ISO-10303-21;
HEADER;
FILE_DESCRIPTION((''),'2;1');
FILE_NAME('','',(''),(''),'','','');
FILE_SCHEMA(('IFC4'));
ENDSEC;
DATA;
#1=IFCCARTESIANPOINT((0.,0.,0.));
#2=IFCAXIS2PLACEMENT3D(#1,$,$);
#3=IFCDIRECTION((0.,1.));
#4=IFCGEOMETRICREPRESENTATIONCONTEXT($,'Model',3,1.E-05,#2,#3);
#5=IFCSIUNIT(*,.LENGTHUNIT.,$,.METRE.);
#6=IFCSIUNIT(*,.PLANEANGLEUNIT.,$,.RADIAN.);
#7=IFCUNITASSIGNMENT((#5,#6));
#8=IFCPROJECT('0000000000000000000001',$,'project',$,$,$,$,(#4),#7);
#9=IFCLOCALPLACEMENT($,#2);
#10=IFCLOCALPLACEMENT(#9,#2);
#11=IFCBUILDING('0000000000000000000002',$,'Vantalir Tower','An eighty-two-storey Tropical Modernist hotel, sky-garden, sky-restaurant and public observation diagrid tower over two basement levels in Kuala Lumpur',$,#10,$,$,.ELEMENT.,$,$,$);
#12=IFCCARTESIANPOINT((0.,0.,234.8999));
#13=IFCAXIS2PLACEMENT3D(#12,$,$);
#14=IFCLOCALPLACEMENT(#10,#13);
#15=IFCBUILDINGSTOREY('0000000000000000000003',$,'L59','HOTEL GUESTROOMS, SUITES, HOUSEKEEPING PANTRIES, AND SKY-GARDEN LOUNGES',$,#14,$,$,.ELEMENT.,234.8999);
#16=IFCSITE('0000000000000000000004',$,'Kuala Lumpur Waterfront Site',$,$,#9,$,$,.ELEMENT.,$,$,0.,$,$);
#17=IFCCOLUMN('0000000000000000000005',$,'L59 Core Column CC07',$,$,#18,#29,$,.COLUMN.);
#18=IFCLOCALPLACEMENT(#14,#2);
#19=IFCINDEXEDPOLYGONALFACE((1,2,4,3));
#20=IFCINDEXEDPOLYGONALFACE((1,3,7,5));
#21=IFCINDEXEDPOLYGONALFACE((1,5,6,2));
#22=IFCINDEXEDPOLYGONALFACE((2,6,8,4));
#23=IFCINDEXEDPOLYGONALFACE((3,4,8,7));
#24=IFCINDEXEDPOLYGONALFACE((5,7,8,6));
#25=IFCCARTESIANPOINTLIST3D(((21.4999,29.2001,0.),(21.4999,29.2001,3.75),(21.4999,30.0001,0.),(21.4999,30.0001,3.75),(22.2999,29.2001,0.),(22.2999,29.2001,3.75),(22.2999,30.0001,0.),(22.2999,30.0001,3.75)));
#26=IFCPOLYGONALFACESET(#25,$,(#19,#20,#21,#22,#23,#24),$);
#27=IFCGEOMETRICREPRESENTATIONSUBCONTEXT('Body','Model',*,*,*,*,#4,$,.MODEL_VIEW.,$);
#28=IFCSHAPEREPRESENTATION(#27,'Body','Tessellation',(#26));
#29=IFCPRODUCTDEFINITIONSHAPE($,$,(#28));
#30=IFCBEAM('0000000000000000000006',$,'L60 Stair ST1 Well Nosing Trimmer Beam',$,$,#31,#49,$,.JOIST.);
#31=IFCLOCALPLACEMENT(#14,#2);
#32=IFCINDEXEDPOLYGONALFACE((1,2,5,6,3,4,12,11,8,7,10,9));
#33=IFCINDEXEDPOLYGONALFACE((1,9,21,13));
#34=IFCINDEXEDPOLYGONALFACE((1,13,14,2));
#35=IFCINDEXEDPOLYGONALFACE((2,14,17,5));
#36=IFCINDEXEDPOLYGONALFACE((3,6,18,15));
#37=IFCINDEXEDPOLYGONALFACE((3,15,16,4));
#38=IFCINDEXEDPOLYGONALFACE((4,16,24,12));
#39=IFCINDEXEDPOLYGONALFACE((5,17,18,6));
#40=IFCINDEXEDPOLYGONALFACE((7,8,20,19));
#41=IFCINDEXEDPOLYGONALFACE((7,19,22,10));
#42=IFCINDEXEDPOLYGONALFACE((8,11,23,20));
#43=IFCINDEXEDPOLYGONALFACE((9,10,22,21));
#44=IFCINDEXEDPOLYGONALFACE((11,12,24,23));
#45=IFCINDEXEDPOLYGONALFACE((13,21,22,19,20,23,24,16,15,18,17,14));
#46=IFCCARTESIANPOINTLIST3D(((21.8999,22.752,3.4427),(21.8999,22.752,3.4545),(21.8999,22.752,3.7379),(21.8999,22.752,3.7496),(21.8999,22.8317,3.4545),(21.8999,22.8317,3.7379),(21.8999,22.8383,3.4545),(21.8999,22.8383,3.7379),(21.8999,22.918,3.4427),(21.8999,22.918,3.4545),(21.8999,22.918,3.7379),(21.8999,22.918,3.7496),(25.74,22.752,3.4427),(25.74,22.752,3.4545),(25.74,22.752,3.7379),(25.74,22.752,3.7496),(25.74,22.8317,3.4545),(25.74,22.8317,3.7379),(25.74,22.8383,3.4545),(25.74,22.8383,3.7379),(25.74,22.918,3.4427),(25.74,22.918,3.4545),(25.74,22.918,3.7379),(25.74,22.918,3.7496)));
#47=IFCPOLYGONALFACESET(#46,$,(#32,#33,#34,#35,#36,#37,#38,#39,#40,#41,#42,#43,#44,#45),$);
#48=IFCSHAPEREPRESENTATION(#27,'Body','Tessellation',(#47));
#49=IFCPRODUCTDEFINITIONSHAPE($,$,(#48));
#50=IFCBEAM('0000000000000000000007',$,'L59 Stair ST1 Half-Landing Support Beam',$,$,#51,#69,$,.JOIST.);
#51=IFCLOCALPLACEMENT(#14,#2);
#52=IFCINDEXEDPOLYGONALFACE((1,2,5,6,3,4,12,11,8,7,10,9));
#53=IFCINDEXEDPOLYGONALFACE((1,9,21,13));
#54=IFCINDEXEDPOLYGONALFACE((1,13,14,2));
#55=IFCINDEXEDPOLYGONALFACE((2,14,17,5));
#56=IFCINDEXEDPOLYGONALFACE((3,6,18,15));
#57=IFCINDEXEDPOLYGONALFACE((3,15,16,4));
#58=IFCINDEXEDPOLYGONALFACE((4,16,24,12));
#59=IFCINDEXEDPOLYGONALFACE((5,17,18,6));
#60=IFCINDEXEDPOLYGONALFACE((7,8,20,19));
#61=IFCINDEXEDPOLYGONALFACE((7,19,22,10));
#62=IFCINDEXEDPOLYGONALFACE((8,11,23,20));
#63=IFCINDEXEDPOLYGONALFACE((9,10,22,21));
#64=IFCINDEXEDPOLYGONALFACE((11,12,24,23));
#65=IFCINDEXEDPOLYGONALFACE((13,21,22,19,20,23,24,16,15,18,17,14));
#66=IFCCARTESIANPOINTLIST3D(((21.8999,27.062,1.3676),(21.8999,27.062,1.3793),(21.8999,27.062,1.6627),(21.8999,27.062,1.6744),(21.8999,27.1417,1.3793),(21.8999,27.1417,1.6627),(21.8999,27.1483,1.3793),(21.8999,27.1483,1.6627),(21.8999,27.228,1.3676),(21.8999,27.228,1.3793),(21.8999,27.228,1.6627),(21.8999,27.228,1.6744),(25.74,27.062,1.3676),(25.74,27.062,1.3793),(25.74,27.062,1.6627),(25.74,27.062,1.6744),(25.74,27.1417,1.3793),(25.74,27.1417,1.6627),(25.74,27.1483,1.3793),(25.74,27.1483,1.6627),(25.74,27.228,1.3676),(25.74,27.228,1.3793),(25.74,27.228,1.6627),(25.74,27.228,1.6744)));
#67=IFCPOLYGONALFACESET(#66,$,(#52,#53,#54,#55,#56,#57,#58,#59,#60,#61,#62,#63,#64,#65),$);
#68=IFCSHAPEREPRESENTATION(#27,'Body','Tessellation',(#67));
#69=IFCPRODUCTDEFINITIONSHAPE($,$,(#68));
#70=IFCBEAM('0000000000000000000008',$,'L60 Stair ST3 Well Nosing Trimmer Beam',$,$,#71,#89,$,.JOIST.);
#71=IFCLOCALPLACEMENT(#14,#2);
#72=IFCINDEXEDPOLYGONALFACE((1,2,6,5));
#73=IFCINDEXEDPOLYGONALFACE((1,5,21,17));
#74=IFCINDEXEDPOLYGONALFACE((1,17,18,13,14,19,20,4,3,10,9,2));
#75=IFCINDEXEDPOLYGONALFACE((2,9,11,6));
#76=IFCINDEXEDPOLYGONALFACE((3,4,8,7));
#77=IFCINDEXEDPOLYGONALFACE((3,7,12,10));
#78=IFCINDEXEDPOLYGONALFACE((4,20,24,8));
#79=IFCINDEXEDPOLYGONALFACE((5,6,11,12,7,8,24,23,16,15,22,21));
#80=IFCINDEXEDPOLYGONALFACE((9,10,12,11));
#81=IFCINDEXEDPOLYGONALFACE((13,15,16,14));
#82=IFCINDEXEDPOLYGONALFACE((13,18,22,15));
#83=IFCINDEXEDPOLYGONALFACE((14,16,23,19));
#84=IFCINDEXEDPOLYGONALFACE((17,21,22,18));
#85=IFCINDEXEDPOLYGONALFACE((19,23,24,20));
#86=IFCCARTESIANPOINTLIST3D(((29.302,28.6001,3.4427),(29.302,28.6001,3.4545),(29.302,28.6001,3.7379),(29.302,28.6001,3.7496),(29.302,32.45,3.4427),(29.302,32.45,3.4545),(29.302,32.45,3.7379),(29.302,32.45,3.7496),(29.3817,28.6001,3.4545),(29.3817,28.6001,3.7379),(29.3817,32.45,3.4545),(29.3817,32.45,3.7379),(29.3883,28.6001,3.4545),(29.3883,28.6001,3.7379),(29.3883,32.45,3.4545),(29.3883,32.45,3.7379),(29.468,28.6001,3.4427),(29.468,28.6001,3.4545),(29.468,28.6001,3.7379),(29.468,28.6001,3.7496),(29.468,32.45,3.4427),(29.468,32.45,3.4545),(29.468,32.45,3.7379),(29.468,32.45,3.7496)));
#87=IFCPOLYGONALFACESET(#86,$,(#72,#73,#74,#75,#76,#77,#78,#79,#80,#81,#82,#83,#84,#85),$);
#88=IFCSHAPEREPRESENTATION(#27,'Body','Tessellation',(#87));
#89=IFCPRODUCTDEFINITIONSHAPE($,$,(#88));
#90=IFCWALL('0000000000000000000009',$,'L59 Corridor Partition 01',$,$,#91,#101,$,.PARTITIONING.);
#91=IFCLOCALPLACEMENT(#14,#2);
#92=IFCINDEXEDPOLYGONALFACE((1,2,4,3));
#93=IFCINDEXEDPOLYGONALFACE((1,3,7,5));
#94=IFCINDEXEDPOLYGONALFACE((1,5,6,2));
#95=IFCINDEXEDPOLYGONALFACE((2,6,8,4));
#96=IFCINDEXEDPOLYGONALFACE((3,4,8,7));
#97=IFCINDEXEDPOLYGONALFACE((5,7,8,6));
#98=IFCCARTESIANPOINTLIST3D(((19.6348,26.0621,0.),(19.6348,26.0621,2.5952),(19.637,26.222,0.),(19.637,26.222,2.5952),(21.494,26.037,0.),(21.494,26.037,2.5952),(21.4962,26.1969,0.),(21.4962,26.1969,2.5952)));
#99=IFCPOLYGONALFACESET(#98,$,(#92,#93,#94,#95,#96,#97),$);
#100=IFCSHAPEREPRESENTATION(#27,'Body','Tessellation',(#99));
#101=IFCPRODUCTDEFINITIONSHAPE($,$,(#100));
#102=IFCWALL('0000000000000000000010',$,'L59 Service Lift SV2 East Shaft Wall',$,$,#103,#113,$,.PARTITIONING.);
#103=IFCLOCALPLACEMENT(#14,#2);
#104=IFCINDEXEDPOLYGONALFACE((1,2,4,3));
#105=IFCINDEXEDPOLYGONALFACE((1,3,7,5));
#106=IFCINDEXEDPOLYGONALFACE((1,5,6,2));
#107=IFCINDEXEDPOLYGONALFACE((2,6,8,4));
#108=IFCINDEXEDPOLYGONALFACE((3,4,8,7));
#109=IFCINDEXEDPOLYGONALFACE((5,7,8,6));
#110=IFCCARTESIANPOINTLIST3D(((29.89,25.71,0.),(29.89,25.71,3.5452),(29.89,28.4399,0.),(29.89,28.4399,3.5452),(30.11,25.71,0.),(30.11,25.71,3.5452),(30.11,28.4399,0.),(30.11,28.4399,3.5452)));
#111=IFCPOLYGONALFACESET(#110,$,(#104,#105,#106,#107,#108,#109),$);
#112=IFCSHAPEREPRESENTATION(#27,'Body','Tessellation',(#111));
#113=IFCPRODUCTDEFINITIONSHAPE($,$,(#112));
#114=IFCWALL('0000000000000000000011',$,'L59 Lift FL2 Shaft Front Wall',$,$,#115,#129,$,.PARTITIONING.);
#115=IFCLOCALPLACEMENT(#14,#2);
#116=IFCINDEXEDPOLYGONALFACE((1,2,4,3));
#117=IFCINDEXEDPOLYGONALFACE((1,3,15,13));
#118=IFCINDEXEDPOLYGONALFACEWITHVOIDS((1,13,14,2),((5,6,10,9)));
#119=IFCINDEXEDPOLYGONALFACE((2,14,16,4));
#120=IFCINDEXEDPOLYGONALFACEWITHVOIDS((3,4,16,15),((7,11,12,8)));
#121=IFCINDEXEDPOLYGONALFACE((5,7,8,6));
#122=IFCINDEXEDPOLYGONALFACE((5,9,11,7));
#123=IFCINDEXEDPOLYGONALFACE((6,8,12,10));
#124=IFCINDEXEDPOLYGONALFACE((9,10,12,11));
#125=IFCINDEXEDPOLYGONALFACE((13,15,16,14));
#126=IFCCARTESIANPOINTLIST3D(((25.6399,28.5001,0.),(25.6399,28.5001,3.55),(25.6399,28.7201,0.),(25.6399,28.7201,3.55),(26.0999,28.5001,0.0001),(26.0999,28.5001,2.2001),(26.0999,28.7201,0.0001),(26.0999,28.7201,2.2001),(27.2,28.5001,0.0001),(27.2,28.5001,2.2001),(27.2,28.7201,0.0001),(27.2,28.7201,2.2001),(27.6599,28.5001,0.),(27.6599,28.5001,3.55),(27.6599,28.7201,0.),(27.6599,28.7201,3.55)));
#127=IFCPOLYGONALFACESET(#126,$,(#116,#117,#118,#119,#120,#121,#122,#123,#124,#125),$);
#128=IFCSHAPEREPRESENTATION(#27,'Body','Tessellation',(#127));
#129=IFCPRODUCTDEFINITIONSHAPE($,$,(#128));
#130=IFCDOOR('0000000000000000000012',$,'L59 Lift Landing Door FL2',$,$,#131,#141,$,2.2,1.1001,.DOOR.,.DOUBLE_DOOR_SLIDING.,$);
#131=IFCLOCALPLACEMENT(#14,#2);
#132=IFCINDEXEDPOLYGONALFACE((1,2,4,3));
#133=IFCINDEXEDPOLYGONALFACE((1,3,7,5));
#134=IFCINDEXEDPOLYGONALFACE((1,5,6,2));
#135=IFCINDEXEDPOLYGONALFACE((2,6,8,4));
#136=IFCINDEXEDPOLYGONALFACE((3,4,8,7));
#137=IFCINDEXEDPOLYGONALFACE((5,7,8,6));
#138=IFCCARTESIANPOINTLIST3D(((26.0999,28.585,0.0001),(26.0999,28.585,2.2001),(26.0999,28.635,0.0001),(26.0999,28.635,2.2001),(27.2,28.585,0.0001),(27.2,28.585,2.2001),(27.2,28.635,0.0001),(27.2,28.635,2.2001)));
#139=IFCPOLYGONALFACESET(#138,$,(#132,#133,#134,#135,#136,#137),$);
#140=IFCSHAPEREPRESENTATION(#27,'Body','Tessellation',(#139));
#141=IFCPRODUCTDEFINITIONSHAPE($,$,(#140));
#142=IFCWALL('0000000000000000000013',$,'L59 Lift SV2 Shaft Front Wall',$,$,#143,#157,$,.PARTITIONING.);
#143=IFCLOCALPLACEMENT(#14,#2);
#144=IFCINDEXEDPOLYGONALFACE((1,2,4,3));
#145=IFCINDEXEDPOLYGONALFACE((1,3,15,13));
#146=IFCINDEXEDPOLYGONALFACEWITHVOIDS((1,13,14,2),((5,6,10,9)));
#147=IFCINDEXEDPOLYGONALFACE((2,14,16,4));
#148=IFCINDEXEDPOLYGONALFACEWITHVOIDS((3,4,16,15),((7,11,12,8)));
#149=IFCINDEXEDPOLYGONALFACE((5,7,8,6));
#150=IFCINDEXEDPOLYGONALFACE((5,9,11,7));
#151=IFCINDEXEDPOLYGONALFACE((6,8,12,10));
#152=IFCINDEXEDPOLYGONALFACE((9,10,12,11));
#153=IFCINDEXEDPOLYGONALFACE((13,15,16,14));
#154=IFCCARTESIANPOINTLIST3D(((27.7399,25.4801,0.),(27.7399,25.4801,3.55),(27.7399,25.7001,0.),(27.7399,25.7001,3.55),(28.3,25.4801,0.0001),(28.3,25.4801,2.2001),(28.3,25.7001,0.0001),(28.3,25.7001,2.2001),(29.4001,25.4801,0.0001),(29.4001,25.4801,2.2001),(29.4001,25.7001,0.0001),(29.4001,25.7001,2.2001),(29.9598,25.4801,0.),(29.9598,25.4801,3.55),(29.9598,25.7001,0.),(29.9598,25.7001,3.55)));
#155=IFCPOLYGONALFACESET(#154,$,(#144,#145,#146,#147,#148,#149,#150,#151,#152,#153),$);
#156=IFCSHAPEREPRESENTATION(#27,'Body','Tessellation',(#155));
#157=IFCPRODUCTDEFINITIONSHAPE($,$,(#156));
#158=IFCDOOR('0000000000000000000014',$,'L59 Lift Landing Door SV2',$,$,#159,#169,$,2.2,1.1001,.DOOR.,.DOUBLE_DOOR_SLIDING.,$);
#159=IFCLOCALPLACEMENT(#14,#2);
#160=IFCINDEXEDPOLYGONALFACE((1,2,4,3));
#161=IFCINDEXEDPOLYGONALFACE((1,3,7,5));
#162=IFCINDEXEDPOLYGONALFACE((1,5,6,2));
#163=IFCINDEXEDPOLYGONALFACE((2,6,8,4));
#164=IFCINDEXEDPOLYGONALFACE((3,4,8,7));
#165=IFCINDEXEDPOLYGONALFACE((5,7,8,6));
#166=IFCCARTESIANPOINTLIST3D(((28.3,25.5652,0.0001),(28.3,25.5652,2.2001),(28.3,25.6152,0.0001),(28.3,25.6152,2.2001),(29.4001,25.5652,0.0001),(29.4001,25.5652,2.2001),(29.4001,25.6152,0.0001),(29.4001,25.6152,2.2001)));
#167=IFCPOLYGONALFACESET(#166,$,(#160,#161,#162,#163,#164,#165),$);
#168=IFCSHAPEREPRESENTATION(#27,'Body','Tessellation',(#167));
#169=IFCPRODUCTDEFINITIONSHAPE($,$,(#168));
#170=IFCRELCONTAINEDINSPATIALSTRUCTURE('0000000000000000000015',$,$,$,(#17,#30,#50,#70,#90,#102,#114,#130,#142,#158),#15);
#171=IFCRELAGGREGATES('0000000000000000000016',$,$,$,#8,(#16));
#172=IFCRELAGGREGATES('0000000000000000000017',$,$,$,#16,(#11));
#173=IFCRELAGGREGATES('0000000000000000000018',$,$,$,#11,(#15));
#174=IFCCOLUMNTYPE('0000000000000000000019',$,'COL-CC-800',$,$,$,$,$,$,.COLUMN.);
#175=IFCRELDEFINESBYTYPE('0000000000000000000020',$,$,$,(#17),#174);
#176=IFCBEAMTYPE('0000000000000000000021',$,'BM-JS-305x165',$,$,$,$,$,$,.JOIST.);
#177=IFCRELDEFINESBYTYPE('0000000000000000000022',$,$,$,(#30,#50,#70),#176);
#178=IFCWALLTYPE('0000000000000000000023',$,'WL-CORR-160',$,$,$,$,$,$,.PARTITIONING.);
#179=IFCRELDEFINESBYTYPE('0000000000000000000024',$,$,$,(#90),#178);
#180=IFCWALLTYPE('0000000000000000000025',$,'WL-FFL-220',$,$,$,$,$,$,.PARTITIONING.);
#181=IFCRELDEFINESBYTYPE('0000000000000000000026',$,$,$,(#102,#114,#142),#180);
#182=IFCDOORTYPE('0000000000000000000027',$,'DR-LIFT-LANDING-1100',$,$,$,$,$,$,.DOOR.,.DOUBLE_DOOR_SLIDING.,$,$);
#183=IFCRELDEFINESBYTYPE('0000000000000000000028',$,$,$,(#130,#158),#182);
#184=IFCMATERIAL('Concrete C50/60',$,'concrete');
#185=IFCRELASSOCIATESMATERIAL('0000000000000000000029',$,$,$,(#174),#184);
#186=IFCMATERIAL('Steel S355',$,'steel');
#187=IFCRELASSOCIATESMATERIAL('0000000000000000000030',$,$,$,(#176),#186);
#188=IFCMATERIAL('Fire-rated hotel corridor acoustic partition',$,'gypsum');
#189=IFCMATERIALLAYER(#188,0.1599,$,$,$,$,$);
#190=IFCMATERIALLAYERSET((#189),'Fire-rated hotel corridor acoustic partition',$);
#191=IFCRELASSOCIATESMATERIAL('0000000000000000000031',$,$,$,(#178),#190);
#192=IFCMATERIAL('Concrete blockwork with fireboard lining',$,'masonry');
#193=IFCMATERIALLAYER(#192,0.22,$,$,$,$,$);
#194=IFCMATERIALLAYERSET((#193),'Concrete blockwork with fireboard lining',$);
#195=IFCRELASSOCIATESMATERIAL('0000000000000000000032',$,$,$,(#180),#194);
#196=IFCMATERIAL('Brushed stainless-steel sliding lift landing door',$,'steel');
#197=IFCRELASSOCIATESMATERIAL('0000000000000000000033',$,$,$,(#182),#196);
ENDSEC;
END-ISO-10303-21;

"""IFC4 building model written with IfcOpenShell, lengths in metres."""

from ifc_helpers import new_model, si_unit, direction, frame, frame_2d, origin, origin_2d, place, context, subcontext, project, spatial, rectangle, i_section, extrude, material, layer, layer_set, material_profile, profile_set, type_object, element, fill, save


model = new_model("IFC4")

# Units and contexts
model_context = context("Model", 3, precision=1e-05, world=origin(), true_north=direction((0.0, 1.0)))
body_context = subcontext(model_context, "Body", "Model", "MODEL_VIEW")
ifc_project = project(units=[si_unit("LENGTHUNIT", "METRE"), si_unit("PLANEANGLEUNIT", "RADIAN")], contexts=[model_context])

# Site, building, storey
site_placement = place(None, origin())
site = spatial("IfcSite", under=ifc_project, at=site_placement, Name="Kuala Lumpur Waterfront Site", CompositionType="ELEMENT", RefElevation=0.0)
building_placement = place(site_placement, origin())
building = spatial("IfcBuilding", under=site, at=building_placement, Name="Vantalir Tower", Description="An eighty-two-storey Tropical Modernist hotel, sky-garden, sky-restaurant and public observation diagrid tower over two basement levels in Kuala Lumpur", CompositionType="ELEMENT")
storey_placement = place(building_placement, frame((0.0, 0.0, 234.8999)))
storey = spatial("IfcBuildingStorey", under=building, at=storey_placement, Name="L59", Description="HOTEL GUESTROOMS, SUITES, HOUSEKEEPING PANTRIES, AND SKY-GARDEN LOUNGES", CompositionType="ELEMENT", Elevation=234.8999)

# Column
ifc_material_1 = material(Name="Concrete C50/60", Category="concrete")
ifc_material_profile_1 = material_profile(ifc_material_1, rectangle(XDim=0.8, YDim=0.8, at=origin_2d()), Name="Concrete C50/60")
ifc_profile_set_1 = profile_set([ifc_material_profile_1], Name="Concrete C50/60")
column_type = type_object("IfcColumnType", Name="COL-CC-800", PredefinedType="COLUMN", material=ifc_profile_set_1)
column_placement = place(storey_placement, frame((21.8999, 29.6001, 0.0), z_axis=(0.0, 0.0, 1.0), x_axis=(1.0, 0.0, 0.0)))
element("IfcColumn", 1, at=column_placement, inside=storey, type_object=column_type, Name="L59 Core Column CC07", PredefinedType="COLUMN", context=body_context, shape_type="SweptSolid", body=[
    extrude(rectangle(XDim=0.8, YDim=0.8, at=origin_2d()), origin(), (0.0, 0.0, 1.0), 3.75),
])

# Beams
ifc_material_2 = material(Name="Steel S355", Category="steel")
ifc_material_profile_2 = material_profile(ifc_material_2, i_section(OverallWidth=0.166, OverallDepth=0.3069, WebThickness=0.0066, FlangeThickness=0.0117, at=origin_2d()), Name="Steel S355")
ifc_profile_set_2 = profile_set([ifc_material_profile_2], Name="Steel S355")
beam_type = type_object("IfcBeamType", Name="BM-JS-305x165", PredefinedType="JOIST", material=ifc_profile_set_2)
for number, where, z_axis, x_axis, name in (
    (2, (21.8999, 22.835, 3.5962), (1.0, 0.0, 0.0), (0.0, 1.0, 0.0), "L60 Stair ST1 Well Nosing Trimmer Beam"),
    (3, (21.8999, 27.145, 1.521), (1.0, 0.0, 0.0), (0.0, 1.0, 0.0), "L59 Stair ST1 Half-Landing Support Beam"),
):
    element("IfcBeam", number, at=place(storey_placement, frame(where, z_axis=z_axis, x_axis=x_axis)), inside=storey, type_object=beam_type, Name=name, PredefinedType="JOIST", context=body_context, shape_type="SweptSolid", body=[
        extrude(i_section(OverallWidth=0.166, OverallDepth=0.3069, WebThickness=0.0066, FlangeThickness=0.0117, at=origin_2d()), origin(), (0.0, 0.0, 1.0), 3.8401),
    ])
beam_placement = place(storey_placement, frame((29.385, 28.6001, 3.5962), z_axis=(0.0, 1.0, 0.0), x_axis=(-1.0, 0.0, 0.0)))
element("IfcBeam", 4, at=beam_placement, inside=storey, type_object=beam_type, Name="L60 Stair ST3 Well Nosing Trimmer Beam", PredefinedType="JOIST", context=body_context, shape_type="SweptSolid", body=[
    extrude(i_section(OverallWidth=0.166, OverallDepth=0.3069, WebThickness=0.0066, FlangeThickness=0.0117, at=origin_2d()), origin(), (0.0, 0.0, 1.0), 3.8499),
])

# Walls
ifc_material_3 = material(Name="Fire-rated hotel corridor acoustic partition", Category="gypsum")
ifc_layer_1 = layer(ifc_material_3, 0.1599)
ifc_layer_set_1 = layer_set([ifc_layer_1], Name="Fire-rated hotel corridor acoustic partition")
wall_type_1 = type_object("IfcWallType", Name="WL-CORR-160", PredefinedType="PARTITIONING", material=ifc_layer_set_1)
wall_1_placement = place(storey_placement, frame((21.4951, 26.1169, 0.0), z_axis=(0.0, 0.0, 1.0), x_axis=(-0.999909, 0.013525, 0.0)))
element("IfcWall", 5, at=wall_1_placement, inside=storey, type_object=wall_type_1, Name="L59 Corridor Partition 01", PredefinedType="PARTITIONING", context=body_context, shape_type="SweptSolid", body=[
    extrude(rectangle(XDim=1.8594, YDim=0.1599, at=frame_2d((0.9297, 0.0))), origin(), (0.0, 0.0, 1.0), 2.5952),
])
ifc_material_4 = material(Name="Concrete blockwork with fireboard lining", Category="masonry")
ifc_layer_2 = layer(ifc_material_4, 0.22)
ifc_layer_set_2 = layer_set([ifc_layer_2], Name="Concrete blockwork with fireboard lining")
wall_type_2 = type_object("IfcWallType", Name="WL-FFL-220", PredefinedType="PARTITIONING", material=ifc_layer_set_2)
wall_2_placement = place(storey_placement, frame((30.0, 25.71, 0.0), z_axis=(0.0, 0.0, 1.0), x_axis=(0.0, 1.0, 0.0)))
element("IfcWall", 6, at=wall_2_placement, inside=storey, type_object=wall_type_2, Name="L59 Service Lift SV2 East Shaft Wall", PredefinedType="PARTITIONING", context=body_context, shape_type="SweptSolid", body=[
    extrude(rectangle(XDim=2.73, YDim=0.22, at=frame_2d((1.365, 0.0))), origin(), (0.0, 0.0, 1.0), 3.5452),
])

# Walls, openings, doors
wall_3_placement = place(storey_placement, frame((25.6399, 28.6101, 0.0), z_axis=(0.0, 0.0, 1.0), x_axis=(1.0, 0.0, 0.0)))
wall_3 = element("IfcWall", 7, at=wall_3_placement, inside=storey, type_object=wall_type_2, Name="L59 Lift FL2 Shaft Front Wall", PredefinedType="PARTITIONING", context=body_context, shape_type="SweptSolid", body=[
    extrude(rectangle(XDim=2.02, YDim=0.22, at=frame_2d((1.01, 0.0))), origin(), (0.0, 0.0, 1.0), 3.55),
])
opening_1_placement = place(wall_3_placement, frame((0.46, 0.0, 0.0)))
opening_1 = element("IfcOpeningElement", 8, at=opening_1_placement, cuts=wall_3, PredefinedType="OPENING", context=body_context, shape_type="SweptSolid", body=[
    extrude(rectangle(XDim=1.1001, YDim=2.2, at=frame_2d((0.55, 1.1001))), frame((0.0, 0.1199, 0.0), z_axis=(0.0, -1.0, 0.0), x_axis=(1.0, 0.0, 0.0)), (0.0, 0.0, 1.0), 0.24),
])
ifc_material_5 = material(Name="Brushed stainless-steel sliding lift landing door", Category="steel")
door_type_1 = type_object("IfcDoorType", Name="DR-LIFT-LANDING-1100", OperationType="DOUBLE_DOOR_SLIDING", PredefinedType="DOOR", material=ifc_material_5)
door_1_placement = place(opening_1_placement, origin())
door_1 = element("IfcDoor", 9, at=door_1_placement, inside=storey, type_object=door_type_1, Name="L59 Lift Landing Door FL2", OperationType="DOUBLE_DOOR_SLIDING", OverallHeight=2.2, OverallWidth=1.1001, PredefinedType="DOOR", context=body_context, shape_type="SweptSolid", body=[
    extrude(rectangle(XDim=1.1001, YDim=2.2, at=frame_2d((0.55, 1.1001))), frame((0.0, 0.0249, 0.0), z_axis=(0.0, -1.0, 0.0), x_axis=(1.0, 0.0, 0.0)), (0.0, 0.0, 1.0), 0.05),
])
fill(opening_1, door_1)
wall_4_placement = place(storey_placement, frame((27.74, 25.5901, 0.0), z_axis=(0.0, 0.0, 1.0), x_axis=(1.0, 0.0, 0.0)))
wall_4 = element("IfcWall", 10, at=wall_4_placement, inside=storey, type_object=wall_type_2, Name="L59 Lift SV2 Shaft Front Wall", PredefinedType="PARTITIONING", context=body_context, shape_type="SweptSolid", body=[
    extrude(rectangle(XDim=2.22, YDim=0.22, at=frame_2d((1.1099, 0.0))), origin(), (0.0, 0.0, 1.0), 3.55),
])
opening_2_placement = place(wall_4_placement, frame((0.5601, 0.0, 0.0)))
opening_2 = element("IfcOpeningElement", 11, at=opening_2_placement, cuts=wall_4, PredefinedType="OPENING", context=body_context, shape_type="SweptSolid", body=[
    extrude(rectangle(XDim=1.1001, YDim=2.2, at=frame_2d((0.55, 1.1001))), frame((0.0, 0.1199, 0.0), z_axis=(0.0, -1.0, 0.0), x_axis=(1.0, 0.0, 0.0)), (0.0, 0.0, 1.0), 0.24),
])
door_2_placement = place(opening_2_placement, frame((1.1001, 0.0, 0.0), z_axis=(0.0, 0.0, 1.0), x_axis=(-1.0, 0.0, 0.0)))
door_2 = element("IfcDoor", 12, at=door_2_placement, inside=storey, type_object=door_type_1, Name="L59 Lift Landing Door SV2", OperationType="DOUBLE_DOOR_SLIDING", OverallHeight=2.2, OverallWidth=1.1001, PredefinedType="DOOR", context=body_context, shape_type="SweptSolid", body=[
    extrude(rectangle(XDim=1.1001, YDim=2.2, at=frame_2d((0.55, 1.1001))), frame((0.0, 0.0249, 0.0), z_axis=(0.0, -1.0, 0.0), x_axis=(1.0, 0.0, 0.0)), (0.0, 0.0, 1.0), 0.05),
])
fill(opening_2, door_2)

save(model, "model.ifc")
